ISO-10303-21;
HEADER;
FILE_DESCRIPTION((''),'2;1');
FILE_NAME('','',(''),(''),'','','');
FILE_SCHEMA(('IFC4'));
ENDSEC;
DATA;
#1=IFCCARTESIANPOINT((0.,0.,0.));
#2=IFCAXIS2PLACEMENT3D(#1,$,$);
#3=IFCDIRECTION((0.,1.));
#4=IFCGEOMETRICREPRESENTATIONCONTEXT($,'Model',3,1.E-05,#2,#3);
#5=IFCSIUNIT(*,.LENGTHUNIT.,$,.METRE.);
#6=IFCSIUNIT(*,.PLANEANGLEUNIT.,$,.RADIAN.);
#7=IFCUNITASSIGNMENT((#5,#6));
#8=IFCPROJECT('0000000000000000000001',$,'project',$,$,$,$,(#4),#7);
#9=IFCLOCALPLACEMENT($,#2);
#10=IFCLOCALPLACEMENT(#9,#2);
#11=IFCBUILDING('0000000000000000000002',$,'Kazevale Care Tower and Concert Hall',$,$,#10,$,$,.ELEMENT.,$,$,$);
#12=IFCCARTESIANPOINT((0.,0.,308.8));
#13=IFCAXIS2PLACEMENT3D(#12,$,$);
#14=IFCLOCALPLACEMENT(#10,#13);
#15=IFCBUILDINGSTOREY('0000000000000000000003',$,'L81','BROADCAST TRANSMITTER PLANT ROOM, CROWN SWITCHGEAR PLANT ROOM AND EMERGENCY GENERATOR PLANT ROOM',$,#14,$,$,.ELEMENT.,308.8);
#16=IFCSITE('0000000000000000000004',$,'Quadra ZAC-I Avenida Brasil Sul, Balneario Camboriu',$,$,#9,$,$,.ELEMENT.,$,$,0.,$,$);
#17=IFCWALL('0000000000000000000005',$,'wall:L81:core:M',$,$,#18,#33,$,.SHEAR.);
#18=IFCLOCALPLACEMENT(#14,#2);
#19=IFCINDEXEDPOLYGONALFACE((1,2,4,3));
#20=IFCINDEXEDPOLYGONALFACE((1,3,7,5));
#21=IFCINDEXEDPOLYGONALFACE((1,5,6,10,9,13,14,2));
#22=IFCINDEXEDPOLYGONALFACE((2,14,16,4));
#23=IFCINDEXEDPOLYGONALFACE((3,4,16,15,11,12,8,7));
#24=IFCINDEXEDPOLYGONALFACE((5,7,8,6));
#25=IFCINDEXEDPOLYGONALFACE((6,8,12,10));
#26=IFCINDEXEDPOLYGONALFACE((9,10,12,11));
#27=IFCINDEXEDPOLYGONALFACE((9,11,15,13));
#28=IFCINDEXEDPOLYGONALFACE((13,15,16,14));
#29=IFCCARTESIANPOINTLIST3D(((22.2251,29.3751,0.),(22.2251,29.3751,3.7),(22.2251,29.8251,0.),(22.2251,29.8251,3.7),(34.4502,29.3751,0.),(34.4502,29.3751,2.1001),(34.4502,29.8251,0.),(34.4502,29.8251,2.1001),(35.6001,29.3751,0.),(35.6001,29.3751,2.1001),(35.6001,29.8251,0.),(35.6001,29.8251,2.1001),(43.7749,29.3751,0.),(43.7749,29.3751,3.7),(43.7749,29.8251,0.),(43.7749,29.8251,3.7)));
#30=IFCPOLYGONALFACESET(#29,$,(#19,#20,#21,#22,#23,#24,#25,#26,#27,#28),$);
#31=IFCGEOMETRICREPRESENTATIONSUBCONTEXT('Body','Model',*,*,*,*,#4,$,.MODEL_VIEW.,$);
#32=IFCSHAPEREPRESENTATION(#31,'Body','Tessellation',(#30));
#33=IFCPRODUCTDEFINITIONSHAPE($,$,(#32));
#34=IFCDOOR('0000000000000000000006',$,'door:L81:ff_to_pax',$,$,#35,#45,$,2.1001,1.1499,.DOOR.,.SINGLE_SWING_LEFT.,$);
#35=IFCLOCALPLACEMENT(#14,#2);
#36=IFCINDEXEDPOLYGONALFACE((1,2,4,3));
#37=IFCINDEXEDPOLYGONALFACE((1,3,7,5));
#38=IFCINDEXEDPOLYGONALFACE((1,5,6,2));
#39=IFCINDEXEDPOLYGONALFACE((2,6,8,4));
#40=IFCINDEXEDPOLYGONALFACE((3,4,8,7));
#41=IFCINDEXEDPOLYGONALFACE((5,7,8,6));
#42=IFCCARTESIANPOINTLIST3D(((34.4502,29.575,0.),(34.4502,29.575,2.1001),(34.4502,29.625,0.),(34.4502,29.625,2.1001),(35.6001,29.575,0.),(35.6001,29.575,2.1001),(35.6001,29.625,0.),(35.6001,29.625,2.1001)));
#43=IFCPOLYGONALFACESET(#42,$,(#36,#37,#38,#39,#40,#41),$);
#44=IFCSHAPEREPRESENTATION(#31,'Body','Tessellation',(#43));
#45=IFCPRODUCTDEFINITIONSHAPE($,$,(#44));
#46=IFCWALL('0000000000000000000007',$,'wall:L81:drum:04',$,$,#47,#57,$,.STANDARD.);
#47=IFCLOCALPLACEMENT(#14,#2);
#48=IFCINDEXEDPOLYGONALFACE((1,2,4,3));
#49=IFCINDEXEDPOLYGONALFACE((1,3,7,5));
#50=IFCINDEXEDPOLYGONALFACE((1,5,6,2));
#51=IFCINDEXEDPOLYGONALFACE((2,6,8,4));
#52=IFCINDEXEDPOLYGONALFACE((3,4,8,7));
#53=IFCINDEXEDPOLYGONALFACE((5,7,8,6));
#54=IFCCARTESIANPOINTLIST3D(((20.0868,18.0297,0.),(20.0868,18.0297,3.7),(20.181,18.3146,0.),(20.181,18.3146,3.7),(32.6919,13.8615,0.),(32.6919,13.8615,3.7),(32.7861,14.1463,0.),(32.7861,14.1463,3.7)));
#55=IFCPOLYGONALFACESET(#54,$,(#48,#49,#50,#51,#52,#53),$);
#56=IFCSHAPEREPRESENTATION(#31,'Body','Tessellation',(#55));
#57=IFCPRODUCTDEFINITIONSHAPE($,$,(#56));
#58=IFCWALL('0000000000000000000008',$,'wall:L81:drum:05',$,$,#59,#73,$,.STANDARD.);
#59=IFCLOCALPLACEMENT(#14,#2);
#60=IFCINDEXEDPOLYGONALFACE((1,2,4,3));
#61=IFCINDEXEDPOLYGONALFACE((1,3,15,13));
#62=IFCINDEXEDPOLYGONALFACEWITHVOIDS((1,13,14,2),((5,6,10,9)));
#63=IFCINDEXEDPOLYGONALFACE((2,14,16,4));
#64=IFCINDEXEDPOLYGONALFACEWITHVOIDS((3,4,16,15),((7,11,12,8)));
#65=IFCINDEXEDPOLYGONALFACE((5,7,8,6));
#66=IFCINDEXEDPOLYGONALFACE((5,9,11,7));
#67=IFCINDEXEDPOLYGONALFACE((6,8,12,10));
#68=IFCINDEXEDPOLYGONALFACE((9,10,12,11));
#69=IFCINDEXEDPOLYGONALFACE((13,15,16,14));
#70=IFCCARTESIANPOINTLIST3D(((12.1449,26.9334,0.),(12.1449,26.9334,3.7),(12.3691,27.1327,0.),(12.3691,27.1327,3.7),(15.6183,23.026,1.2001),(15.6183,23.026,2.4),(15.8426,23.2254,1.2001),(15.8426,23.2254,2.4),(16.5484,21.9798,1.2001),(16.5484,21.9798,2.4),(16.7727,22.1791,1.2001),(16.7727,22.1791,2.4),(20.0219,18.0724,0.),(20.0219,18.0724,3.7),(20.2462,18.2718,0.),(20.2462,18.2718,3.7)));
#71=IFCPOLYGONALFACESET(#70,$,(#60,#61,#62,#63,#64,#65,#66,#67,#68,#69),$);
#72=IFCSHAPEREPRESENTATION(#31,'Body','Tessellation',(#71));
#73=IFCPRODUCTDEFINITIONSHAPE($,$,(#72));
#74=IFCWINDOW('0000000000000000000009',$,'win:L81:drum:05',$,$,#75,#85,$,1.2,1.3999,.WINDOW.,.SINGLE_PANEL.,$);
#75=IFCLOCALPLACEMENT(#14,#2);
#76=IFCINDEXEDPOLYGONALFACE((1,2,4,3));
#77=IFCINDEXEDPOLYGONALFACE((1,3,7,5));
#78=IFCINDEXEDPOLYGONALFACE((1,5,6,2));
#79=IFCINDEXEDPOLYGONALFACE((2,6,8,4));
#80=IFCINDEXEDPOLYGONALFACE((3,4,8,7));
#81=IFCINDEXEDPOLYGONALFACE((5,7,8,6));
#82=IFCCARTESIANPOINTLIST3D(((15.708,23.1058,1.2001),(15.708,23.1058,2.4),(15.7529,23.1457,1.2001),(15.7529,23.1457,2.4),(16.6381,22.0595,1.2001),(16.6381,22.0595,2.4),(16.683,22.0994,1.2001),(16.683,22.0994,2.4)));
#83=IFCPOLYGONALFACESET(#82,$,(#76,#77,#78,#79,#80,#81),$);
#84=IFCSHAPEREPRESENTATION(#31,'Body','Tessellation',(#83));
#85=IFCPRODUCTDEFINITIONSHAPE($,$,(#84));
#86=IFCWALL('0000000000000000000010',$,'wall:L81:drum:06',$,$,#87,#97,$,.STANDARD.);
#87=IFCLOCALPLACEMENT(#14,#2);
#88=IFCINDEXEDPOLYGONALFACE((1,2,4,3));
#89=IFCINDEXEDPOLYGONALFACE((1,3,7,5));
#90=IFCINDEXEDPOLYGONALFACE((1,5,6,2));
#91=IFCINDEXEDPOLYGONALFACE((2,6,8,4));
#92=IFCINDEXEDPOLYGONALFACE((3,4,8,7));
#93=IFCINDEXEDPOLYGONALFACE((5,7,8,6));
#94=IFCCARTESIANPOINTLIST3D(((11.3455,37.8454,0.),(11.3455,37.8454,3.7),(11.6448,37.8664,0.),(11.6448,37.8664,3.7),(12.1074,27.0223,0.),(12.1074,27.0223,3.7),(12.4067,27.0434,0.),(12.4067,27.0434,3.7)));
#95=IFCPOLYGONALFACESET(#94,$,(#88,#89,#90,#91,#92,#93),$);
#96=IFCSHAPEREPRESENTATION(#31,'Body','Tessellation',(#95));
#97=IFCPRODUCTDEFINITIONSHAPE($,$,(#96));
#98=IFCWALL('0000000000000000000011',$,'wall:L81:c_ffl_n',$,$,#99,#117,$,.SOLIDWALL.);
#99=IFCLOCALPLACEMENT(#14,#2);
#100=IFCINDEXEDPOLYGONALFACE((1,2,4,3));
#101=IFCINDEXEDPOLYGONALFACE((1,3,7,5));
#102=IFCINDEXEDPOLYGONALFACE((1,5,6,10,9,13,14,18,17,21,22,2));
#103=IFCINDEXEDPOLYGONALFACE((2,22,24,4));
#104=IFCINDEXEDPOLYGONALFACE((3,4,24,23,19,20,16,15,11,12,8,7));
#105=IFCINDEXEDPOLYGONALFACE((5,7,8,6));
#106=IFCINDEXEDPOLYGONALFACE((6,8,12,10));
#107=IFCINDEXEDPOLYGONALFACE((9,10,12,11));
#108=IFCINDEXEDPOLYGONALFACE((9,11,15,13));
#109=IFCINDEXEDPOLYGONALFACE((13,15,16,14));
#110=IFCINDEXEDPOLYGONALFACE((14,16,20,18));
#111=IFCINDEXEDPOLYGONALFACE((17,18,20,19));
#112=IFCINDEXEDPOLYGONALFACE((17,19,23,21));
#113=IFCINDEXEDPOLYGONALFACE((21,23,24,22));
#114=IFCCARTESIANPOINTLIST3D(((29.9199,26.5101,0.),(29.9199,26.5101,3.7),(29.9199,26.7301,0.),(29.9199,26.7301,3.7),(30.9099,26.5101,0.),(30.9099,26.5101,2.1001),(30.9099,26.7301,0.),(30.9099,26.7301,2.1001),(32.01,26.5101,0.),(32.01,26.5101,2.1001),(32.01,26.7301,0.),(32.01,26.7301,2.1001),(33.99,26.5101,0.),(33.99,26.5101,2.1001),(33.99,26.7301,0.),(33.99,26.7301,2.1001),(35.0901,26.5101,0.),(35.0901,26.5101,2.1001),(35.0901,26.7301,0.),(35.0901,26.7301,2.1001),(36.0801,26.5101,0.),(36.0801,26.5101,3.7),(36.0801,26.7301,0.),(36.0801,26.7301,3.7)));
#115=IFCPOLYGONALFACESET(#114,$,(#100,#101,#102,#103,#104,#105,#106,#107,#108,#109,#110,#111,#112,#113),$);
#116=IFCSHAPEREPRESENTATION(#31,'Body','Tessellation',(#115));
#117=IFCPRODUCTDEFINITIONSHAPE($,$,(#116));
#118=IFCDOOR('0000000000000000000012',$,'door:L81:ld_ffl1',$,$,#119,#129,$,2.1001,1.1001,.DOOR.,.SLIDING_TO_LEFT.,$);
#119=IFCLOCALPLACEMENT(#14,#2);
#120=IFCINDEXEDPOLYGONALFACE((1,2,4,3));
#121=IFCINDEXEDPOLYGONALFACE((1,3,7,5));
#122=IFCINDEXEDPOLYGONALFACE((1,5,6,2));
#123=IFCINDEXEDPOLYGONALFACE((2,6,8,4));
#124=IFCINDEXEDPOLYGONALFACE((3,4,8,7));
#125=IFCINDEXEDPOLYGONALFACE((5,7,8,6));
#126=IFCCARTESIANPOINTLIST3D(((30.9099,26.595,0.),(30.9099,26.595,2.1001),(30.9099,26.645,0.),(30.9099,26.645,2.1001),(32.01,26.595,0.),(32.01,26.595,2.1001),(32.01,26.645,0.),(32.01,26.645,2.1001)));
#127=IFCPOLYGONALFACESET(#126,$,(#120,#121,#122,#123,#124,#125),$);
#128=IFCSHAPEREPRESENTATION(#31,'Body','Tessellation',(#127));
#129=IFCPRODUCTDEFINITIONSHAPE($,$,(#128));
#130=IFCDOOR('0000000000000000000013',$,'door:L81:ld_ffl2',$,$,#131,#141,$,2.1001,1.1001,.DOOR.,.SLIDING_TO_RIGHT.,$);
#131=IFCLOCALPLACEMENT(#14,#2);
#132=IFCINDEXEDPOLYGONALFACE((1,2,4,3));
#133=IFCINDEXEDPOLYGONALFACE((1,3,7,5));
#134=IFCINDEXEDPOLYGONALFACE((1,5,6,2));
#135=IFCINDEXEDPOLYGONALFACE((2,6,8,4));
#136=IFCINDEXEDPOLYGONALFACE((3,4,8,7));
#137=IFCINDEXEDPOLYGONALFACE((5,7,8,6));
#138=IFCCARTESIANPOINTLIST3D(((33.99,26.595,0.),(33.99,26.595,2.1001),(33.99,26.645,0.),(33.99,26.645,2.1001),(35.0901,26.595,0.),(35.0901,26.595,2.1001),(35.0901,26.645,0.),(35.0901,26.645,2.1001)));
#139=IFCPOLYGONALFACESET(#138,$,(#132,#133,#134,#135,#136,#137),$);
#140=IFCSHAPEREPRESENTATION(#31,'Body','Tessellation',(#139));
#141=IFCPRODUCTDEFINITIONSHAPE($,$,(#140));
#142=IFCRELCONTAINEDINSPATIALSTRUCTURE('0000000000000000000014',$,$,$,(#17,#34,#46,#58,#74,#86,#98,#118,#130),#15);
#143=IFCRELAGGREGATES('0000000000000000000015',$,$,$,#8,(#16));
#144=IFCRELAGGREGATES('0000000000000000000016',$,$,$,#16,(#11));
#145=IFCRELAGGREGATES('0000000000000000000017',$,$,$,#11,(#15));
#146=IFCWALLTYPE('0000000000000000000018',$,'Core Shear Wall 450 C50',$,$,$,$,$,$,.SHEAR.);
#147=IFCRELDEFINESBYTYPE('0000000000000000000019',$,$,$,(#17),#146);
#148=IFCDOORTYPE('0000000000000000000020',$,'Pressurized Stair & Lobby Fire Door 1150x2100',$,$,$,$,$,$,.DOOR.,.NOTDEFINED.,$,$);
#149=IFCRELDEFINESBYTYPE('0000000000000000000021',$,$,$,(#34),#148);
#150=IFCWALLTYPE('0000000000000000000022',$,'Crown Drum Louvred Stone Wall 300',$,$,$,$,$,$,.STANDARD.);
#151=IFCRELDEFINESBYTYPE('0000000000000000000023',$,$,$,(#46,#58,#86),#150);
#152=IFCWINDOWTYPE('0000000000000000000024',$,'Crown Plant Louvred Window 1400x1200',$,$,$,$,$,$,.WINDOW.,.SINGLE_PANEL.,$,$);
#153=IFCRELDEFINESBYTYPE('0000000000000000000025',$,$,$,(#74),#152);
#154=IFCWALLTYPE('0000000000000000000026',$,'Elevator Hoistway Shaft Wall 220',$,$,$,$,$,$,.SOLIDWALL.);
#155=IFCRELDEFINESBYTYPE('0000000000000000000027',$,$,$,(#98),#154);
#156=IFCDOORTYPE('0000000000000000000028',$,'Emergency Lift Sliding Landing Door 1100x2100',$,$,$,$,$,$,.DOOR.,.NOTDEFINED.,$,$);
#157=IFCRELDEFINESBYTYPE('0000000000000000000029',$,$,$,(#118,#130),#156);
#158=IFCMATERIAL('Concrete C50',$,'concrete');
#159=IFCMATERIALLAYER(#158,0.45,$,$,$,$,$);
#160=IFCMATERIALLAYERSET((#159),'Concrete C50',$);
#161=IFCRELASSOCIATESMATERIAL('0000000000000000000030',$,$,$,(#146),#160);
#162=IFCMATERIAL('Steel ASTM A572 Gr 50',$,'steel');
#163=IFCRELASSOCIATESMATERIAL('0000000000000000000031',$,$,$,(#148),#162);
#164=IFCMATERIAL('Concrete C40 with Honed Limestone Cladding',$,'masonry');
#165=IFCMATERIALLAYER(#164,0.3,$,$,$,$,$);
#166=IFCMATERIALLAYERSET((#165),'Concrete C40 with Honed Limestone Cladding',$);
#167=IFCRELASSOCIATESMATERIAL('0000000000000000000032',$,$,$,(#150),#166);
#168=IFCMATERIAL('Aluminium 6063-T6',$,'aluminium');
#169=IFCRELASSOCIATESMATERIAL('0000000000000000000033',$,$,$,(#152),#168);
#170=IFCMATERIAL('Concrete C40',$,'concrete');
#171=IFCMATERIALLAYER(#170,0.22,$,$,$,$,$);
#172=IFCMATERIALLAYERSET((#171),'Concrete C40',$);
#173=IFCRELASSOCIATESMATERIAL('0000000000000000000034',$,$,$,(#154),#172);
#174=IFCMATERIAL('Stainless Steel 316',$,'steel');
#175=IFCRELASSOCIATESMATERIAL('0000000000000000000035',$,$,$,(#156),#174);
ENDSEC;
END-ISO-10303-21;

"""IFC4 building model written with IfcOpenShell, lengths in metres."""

from ifc_helpers import new_model, si_unit, direction, frame, frame_2d, origin, place, context, subcontext, project, spatial, rectangle, extrude, material, layer, layer_set, type_object, element, fill, save


model = new_model("IFC4")

# Units and contexts
model_context = context("Model", 3, precision=1e-05, world=origin(), true_north=direction((0.0, 1.0)))
body_context = subcontext(model_context, "Body", "Model", "MODEL_VIEW")
ifc_project = project(units=[si_unit("LENGTHUNIT", "METRE"), si_unit("PLANEANGLEUNIT", "RADIAN")], contexts=[model_context])

# Site, building, storey
site_placement = place(None, origin())
site = spatial("IfcSite", under=ifc_project, at=site_placement, Name="Quadra ZAC-I Avenida Brasil Sul, Balneario Camboriu", CompositionType="ELEMENT", RefElevation=0.0)
building_placement = place(site_placement, origin())
building = spatial("IfcBuilding", under=site, at=building_placement, Name="Kazevale Care Tower and Concert Hall", CompositionType="ELEMENT")
storey_placement = place(building_placement, frame((0.0, 0.0, 308.8)))
storey = spatial("IfcBuildingStorey", under=building, at=storey_placement, Name="L81", Description="BROADCAST TRANSMITTER PLANT ROOM, CROWN SWITCHGEAR PLANT ROOM AND EMERGENCY GENERATOR PLANT ROOM", CompositionType="ELEMENT", Elevation=308.8)

# Shared definitions
ifc_material_1 = material(Name="Concrete C50", Category="concrete")

# Shared definitions
ifc_material_2 = material(Name="Steel ASTM A572 Gr 50", Category="steel")

# Shared definitions
ifc_material_3 = material(Name="Concrete C40", Category="concrete")

# Shared definitions
ifc_layer_1 = layer(ifc_material_1, 0.45)
ifc_layer_set_1 = layer_set([ifc_layer_1], Name="Concrete C50")
wall_type_1 = type_object("IfcWallType", Name="Core Shear Wall 450 C50", PredefinedType="SHEAR", material=ifc_layer_set_1)

# Wall, opening, door
wall_1_placement = place(storey_placement, frame((22.2251, 29.6001, 0.0), z_axis=(0.0, 0.0, 1.0), x_axis=(1.0, 0.0, 0.0)))
wall_1 = element("IfcWall", 1, at=wall_1_placement, inside=storey, type_object=wall_type_1, Name="wall:L81:core:M", PredefinedType="SHEAR", context=body_context, shape_type="SweptSolid", body=[
    extrude(rectangle(XDim=21.5498, YDim=0.45, at=frame_2d((10.7749, 0.0))), origin(), (0.0, 0.0, 1.0), 3.7),
])
opening_1_placement = place(wall_1_placement, frame((12.2251, 0.0, 0.0)))
opening_1 = element("IfcOpeningElement", 2, at=opening_1_placement, cuts=wall_1, PredefinedType="OPENING", context=body_context, shape_type="SweptSolid", body=[
    extrude(rectangle(XDim=1.1499, YDim=2.1001, at=frame_2d((0.575, 1.05))), frame((0.0, 0.2349, 0.0), z_axis=(0.0, -1.0, 0.0), x_axis=(1.0, 0.0, 0.0)), (0.0, 0.0, 1.0), 0.47),
])
door_type_1 = type_object("IfcDoorType", Name="Pressurized Stair & Lobby Fire Door 1150x2100", OperationType="NOTDEFINED", PredefinedType="DOOR", material=ifc_material_2)
door_1_placement = place(opening_1_placement, origin())
door_1 = element("IfcDoor", 3, at=door_1_placement, inside=storey, type_object=door_type_1, Name="door:L81:ff_to_pax", OperationType="SINGLE_SWING_LEFT", OverallHeight=2.1001, OverallWidth=1.1499, PredefinedType="DOOR", context=body_context, shape_type="SweptSolid", body=[
    extrude(rectangle(XDim=1.1499, YDim=2.1001, at=frame_2d((0.575, 1.05))), frame((0.0, 0.0249, 0.0), z_axis=(0.0, -1.0, 0.0), x_axis=(1.0, 0.0, 0.0)), (0.0, 0.0, 1.0), 0.05),
])
fill(opening_1, door_1)

# Wall
ifc_material_4 = material(Name="Concrete C40 with Honed Limestone Cladding", Category="masonry")
ifc_layer_2 = layer(ifc_material_4, 0.3)
ifc_layer_set_2 = layer_set([ifc_layer_2], Name="Concrete C40 with Honed Limestone Cladding")
wall_type_2 = type_object("IfcWallType", Name="Crown Drum Louvred Stone Wall 300", PredefinedType="STANDARD", material=ifc_layer_set_2)
wall_2_placement = place(storey_placement, frame((32.739, 14.0039, 0.0), z_axis=(0.0, 0.0, 1.0), x_axis=(-0.949436, 0.313959, 0.0)))
element("IfcWall", 4, at=wall_2_placement, inside=storey, type_object=wall_type_2, Name="wall:L81:drum:04", PredefinedType="STANDARD", context=body_context, shape_type="SweptSolid", body=[
    extrude(rectangle(XDim=13.2764, YDim=0.3, at=frame_2d((6.6382, 0.0))), origin(), (0.0, 0.0, 1.0), 3.7),
])

# Wall, opening, window
wall_3_placement = place(storey_placement, frame((20.134, 18.1721, 0.0), z_axis=(0.0, 0.0, 1.0), x_axis=(-0.664395, 0.747382, 0.0)))
wall_3 = element("IfcWall", 5, at=wall_3_placement, inside=storey, type_object=wall_type_2, Name="wall:L81:drum:05", PredefinedType="STANDARD", context=body_context, shape_type="SweptSolid", body=[
    extrude(rectangle(XDim=11.856, YDim=0.3, at=frame_2d((5.928, 0.0))), origin(), (0.0, 0.0, 1.0), 3.7),
])
opening_2_placement = place(wall_3_placement, frame((5.228, 0.0, 1.2)))
opening_2 = element("IfcOpeningElement", 6, at=opening_2_placement, cuts=wall_3, PredefinedType="OPENING", context=body_context, shape_type="SweptSolid", body=[
    extrude(rectangle(XDim=1.3999, YDim=1.2, at=frame_2d((0.7, 0.6001))), frame((0.0, 0.1599, 0.0), z_axis=(0.0, -1.0, 0.0), x_axis=(1.0, 0.0, 0.0)), (0.0, 0.0, 1.0), 0.3201),
])
ifc_material_5 = material(Name="Aluminium 6063-T6", Category="aluminium")
window_type = type_object("IfcWindowType", Name="Crown Plant Louvred Window 1400x1200", PartitioningType="SINGLE_PANEL", PredefinedType="WINDOW", material=ifc_material_5)
window_placement = place(opening_2_placement, origin())
window = element("IfcWindow", 7, at=window_placement, inside=storey, type_object=window_type, Name="win:L81:drum:05", OverallHeight=1.2, OverallWidth=1.3999, PartitioningType="SINGLE_PANEL", PredefinedType="WINDOW", context=body_context, shape_type="SweptSolid", body=[
    extrude(rectangle(XDim=1.3999, YDim=1.2, at=frame_2d((0.7, 0.6001))), frame((0.0, 0.03, 0.0), z_axis=(0.0, -1.0, 0.0), x_axis=(1.0, 0.0, 0.0)), (0.0, 0.0, 1.0), 0.0601),
])
fill(opening_2, window)

# Wall
wall_4_placement = place(storey_placement, frame((12.2571, 27.033, 0.0), z_axis=(0.0, 0.0, 1.0), x_axis=(-0.070228, 0.997531, 0.0)))
element("IfcWall", 8, at=wall_4_placement, inside=storey, type_object=wall_type_2, Name="wall:L81:drum:06", PredefinedType="STANDARD", context=body_context, shape_type="SweptSolid", body=[
    extrude(rectangle(XDim=10.8499, YDim=0.3, at=frame_2d((5.4248, 0.0))), origin(), (0.0, 0.0, 1.0), 3.7),
])

# Wall, openings, doors
ifc_layer_3 = layer(ifc_material_3, 0.22)
ifc_layer_set_3 = layer_set([ifc_layer_3], Name="Concrete C40")
wall_type_3 = type_object("IfcWallType", Name="Elevator Hoistway Shaft Wall 220", PredefinedType="SOLIDWALL", material=ifc_layer_set_3)
wall_5_placement = place(storey_placement, frame((29.9199, 26.6201, 0.0), z_axis=(0.0, 0.0, 1.0), x_axis=(1.0, 0.0, 0.0)))
wall_5 = element("IfcWall", 9, at=wall_5_placement, inside=storey, type_object=wall_type_3, Name="wall:L81:c_ffl_n", PredefinedType="SOLIDWALL", context=body_context, shape_type="SweptSolid", body=[
    extrude(rectangle(XDim=6.1602, YDim=0.22, at=frame_2d((3.0801, 0.0))), origin(), (0.0, 0.0, 1.0), 3.7),
])
opening_3_placement = place(wall_5_placement, frame((0.99, 0.0, 0.0)))
opening_3 = element("IfcOpeningElement", 10, at=opening_3_placement, cuts=wall_5, PredefinedType="OPENING", context=body_context, shape_type="SweptSolid", body=[
    extrude(rectangle(XDim=1.1001, YDim=2.1001, at=frame_2d((0.55, 1.05))), frame((0.0, 0.1199, 0.0), z_axis=(0.0, -1.0, 0.0), x_axis=(1.0, 0.0, 0.0)), (0.0, 0.0, 1.0), 0.24),
])
opening_4_placement = place(wall_5_placement, frame((4.0701, 0.0, 0.0)))
opening_4 = element("IfcOpeningElement", 11, at=opening_4_placement, cuts=wall_5, PredefinedType="OPENING", context=body_context, shape_type="SweptSolid", body=[
    extrude(rectangle(XDim=1.1001, YDim=2.1001, at=frame_2d((0.55, 1.05))), frame((0.0, 0.1199, 0.0), z_axis=(0.0, -1.0, 0.0), x_axis=(1.0, 0.0, 0.0)), (0.0, 0.0, 1.0), 0.24),
])
ifc_material_6 = material(Name="Stainless Steel 316", Category="steel")
door_type_2 = type_object("IfcDoorType", Name="Emergency Lift Sliding Landing Door 1100x2100", OperationType="NOTDEFINED", PredefinedType="DOOR", material=ifc_material_6)
door_2_placement = place(opening_3_placement, origin())
door_2 = element("IfcDoor", 12, at=door_2_placement, inside=storey, type_object=door_type_2, Name="door:L81:ld_ffl1", OperationType="SLIDING_TO_LEFT", OverallHeight=2.1001, OverallWidth=1.1001, PredefinedType="DOOR", context=body_context, shape_type="SweptSolid", body=[
    extrude(rectangle(XDim=1.1001, YDim=2.1001, at=frame_2d((0.55, 1.05))), frame((0.0, 0.0249, 0.0), z_axis=(0.0, -1.0, 0.0), x_axis=(1.0, 0.0, 0.0)), (0.0, 0.0, 1.0), 0.05),
])
fill(opening_3, door_2)
door_3_placement = place(opening_4_placement, origin())
door_3 = element("IfcDoor", 13, at=door_3_placement, inside=storey, type_object=door_type_2, Name="door:L81:ld_ffl2", OperationType="SLIDING_TO_RIGHT", OverallHeight=2.1001, OverallWidth=1.1001, PredefinedType="DOOR", context=body_context, shape_type="SweptSolid", body=[
    extrude(rectangle(XDim=1.1001, YDim=2.1001, at=frame_2d((0.55, 1.05))), frame((0.0, 0.0249, 0.0), z_axis=(0.0, -1.0, 0.0), x_axis=(1.0, 0.0, 0.0)), (0.0, 0.0, 1.0), 0.05),
])
fill(opening_4, door_3)

save(model, "model.ifc")
